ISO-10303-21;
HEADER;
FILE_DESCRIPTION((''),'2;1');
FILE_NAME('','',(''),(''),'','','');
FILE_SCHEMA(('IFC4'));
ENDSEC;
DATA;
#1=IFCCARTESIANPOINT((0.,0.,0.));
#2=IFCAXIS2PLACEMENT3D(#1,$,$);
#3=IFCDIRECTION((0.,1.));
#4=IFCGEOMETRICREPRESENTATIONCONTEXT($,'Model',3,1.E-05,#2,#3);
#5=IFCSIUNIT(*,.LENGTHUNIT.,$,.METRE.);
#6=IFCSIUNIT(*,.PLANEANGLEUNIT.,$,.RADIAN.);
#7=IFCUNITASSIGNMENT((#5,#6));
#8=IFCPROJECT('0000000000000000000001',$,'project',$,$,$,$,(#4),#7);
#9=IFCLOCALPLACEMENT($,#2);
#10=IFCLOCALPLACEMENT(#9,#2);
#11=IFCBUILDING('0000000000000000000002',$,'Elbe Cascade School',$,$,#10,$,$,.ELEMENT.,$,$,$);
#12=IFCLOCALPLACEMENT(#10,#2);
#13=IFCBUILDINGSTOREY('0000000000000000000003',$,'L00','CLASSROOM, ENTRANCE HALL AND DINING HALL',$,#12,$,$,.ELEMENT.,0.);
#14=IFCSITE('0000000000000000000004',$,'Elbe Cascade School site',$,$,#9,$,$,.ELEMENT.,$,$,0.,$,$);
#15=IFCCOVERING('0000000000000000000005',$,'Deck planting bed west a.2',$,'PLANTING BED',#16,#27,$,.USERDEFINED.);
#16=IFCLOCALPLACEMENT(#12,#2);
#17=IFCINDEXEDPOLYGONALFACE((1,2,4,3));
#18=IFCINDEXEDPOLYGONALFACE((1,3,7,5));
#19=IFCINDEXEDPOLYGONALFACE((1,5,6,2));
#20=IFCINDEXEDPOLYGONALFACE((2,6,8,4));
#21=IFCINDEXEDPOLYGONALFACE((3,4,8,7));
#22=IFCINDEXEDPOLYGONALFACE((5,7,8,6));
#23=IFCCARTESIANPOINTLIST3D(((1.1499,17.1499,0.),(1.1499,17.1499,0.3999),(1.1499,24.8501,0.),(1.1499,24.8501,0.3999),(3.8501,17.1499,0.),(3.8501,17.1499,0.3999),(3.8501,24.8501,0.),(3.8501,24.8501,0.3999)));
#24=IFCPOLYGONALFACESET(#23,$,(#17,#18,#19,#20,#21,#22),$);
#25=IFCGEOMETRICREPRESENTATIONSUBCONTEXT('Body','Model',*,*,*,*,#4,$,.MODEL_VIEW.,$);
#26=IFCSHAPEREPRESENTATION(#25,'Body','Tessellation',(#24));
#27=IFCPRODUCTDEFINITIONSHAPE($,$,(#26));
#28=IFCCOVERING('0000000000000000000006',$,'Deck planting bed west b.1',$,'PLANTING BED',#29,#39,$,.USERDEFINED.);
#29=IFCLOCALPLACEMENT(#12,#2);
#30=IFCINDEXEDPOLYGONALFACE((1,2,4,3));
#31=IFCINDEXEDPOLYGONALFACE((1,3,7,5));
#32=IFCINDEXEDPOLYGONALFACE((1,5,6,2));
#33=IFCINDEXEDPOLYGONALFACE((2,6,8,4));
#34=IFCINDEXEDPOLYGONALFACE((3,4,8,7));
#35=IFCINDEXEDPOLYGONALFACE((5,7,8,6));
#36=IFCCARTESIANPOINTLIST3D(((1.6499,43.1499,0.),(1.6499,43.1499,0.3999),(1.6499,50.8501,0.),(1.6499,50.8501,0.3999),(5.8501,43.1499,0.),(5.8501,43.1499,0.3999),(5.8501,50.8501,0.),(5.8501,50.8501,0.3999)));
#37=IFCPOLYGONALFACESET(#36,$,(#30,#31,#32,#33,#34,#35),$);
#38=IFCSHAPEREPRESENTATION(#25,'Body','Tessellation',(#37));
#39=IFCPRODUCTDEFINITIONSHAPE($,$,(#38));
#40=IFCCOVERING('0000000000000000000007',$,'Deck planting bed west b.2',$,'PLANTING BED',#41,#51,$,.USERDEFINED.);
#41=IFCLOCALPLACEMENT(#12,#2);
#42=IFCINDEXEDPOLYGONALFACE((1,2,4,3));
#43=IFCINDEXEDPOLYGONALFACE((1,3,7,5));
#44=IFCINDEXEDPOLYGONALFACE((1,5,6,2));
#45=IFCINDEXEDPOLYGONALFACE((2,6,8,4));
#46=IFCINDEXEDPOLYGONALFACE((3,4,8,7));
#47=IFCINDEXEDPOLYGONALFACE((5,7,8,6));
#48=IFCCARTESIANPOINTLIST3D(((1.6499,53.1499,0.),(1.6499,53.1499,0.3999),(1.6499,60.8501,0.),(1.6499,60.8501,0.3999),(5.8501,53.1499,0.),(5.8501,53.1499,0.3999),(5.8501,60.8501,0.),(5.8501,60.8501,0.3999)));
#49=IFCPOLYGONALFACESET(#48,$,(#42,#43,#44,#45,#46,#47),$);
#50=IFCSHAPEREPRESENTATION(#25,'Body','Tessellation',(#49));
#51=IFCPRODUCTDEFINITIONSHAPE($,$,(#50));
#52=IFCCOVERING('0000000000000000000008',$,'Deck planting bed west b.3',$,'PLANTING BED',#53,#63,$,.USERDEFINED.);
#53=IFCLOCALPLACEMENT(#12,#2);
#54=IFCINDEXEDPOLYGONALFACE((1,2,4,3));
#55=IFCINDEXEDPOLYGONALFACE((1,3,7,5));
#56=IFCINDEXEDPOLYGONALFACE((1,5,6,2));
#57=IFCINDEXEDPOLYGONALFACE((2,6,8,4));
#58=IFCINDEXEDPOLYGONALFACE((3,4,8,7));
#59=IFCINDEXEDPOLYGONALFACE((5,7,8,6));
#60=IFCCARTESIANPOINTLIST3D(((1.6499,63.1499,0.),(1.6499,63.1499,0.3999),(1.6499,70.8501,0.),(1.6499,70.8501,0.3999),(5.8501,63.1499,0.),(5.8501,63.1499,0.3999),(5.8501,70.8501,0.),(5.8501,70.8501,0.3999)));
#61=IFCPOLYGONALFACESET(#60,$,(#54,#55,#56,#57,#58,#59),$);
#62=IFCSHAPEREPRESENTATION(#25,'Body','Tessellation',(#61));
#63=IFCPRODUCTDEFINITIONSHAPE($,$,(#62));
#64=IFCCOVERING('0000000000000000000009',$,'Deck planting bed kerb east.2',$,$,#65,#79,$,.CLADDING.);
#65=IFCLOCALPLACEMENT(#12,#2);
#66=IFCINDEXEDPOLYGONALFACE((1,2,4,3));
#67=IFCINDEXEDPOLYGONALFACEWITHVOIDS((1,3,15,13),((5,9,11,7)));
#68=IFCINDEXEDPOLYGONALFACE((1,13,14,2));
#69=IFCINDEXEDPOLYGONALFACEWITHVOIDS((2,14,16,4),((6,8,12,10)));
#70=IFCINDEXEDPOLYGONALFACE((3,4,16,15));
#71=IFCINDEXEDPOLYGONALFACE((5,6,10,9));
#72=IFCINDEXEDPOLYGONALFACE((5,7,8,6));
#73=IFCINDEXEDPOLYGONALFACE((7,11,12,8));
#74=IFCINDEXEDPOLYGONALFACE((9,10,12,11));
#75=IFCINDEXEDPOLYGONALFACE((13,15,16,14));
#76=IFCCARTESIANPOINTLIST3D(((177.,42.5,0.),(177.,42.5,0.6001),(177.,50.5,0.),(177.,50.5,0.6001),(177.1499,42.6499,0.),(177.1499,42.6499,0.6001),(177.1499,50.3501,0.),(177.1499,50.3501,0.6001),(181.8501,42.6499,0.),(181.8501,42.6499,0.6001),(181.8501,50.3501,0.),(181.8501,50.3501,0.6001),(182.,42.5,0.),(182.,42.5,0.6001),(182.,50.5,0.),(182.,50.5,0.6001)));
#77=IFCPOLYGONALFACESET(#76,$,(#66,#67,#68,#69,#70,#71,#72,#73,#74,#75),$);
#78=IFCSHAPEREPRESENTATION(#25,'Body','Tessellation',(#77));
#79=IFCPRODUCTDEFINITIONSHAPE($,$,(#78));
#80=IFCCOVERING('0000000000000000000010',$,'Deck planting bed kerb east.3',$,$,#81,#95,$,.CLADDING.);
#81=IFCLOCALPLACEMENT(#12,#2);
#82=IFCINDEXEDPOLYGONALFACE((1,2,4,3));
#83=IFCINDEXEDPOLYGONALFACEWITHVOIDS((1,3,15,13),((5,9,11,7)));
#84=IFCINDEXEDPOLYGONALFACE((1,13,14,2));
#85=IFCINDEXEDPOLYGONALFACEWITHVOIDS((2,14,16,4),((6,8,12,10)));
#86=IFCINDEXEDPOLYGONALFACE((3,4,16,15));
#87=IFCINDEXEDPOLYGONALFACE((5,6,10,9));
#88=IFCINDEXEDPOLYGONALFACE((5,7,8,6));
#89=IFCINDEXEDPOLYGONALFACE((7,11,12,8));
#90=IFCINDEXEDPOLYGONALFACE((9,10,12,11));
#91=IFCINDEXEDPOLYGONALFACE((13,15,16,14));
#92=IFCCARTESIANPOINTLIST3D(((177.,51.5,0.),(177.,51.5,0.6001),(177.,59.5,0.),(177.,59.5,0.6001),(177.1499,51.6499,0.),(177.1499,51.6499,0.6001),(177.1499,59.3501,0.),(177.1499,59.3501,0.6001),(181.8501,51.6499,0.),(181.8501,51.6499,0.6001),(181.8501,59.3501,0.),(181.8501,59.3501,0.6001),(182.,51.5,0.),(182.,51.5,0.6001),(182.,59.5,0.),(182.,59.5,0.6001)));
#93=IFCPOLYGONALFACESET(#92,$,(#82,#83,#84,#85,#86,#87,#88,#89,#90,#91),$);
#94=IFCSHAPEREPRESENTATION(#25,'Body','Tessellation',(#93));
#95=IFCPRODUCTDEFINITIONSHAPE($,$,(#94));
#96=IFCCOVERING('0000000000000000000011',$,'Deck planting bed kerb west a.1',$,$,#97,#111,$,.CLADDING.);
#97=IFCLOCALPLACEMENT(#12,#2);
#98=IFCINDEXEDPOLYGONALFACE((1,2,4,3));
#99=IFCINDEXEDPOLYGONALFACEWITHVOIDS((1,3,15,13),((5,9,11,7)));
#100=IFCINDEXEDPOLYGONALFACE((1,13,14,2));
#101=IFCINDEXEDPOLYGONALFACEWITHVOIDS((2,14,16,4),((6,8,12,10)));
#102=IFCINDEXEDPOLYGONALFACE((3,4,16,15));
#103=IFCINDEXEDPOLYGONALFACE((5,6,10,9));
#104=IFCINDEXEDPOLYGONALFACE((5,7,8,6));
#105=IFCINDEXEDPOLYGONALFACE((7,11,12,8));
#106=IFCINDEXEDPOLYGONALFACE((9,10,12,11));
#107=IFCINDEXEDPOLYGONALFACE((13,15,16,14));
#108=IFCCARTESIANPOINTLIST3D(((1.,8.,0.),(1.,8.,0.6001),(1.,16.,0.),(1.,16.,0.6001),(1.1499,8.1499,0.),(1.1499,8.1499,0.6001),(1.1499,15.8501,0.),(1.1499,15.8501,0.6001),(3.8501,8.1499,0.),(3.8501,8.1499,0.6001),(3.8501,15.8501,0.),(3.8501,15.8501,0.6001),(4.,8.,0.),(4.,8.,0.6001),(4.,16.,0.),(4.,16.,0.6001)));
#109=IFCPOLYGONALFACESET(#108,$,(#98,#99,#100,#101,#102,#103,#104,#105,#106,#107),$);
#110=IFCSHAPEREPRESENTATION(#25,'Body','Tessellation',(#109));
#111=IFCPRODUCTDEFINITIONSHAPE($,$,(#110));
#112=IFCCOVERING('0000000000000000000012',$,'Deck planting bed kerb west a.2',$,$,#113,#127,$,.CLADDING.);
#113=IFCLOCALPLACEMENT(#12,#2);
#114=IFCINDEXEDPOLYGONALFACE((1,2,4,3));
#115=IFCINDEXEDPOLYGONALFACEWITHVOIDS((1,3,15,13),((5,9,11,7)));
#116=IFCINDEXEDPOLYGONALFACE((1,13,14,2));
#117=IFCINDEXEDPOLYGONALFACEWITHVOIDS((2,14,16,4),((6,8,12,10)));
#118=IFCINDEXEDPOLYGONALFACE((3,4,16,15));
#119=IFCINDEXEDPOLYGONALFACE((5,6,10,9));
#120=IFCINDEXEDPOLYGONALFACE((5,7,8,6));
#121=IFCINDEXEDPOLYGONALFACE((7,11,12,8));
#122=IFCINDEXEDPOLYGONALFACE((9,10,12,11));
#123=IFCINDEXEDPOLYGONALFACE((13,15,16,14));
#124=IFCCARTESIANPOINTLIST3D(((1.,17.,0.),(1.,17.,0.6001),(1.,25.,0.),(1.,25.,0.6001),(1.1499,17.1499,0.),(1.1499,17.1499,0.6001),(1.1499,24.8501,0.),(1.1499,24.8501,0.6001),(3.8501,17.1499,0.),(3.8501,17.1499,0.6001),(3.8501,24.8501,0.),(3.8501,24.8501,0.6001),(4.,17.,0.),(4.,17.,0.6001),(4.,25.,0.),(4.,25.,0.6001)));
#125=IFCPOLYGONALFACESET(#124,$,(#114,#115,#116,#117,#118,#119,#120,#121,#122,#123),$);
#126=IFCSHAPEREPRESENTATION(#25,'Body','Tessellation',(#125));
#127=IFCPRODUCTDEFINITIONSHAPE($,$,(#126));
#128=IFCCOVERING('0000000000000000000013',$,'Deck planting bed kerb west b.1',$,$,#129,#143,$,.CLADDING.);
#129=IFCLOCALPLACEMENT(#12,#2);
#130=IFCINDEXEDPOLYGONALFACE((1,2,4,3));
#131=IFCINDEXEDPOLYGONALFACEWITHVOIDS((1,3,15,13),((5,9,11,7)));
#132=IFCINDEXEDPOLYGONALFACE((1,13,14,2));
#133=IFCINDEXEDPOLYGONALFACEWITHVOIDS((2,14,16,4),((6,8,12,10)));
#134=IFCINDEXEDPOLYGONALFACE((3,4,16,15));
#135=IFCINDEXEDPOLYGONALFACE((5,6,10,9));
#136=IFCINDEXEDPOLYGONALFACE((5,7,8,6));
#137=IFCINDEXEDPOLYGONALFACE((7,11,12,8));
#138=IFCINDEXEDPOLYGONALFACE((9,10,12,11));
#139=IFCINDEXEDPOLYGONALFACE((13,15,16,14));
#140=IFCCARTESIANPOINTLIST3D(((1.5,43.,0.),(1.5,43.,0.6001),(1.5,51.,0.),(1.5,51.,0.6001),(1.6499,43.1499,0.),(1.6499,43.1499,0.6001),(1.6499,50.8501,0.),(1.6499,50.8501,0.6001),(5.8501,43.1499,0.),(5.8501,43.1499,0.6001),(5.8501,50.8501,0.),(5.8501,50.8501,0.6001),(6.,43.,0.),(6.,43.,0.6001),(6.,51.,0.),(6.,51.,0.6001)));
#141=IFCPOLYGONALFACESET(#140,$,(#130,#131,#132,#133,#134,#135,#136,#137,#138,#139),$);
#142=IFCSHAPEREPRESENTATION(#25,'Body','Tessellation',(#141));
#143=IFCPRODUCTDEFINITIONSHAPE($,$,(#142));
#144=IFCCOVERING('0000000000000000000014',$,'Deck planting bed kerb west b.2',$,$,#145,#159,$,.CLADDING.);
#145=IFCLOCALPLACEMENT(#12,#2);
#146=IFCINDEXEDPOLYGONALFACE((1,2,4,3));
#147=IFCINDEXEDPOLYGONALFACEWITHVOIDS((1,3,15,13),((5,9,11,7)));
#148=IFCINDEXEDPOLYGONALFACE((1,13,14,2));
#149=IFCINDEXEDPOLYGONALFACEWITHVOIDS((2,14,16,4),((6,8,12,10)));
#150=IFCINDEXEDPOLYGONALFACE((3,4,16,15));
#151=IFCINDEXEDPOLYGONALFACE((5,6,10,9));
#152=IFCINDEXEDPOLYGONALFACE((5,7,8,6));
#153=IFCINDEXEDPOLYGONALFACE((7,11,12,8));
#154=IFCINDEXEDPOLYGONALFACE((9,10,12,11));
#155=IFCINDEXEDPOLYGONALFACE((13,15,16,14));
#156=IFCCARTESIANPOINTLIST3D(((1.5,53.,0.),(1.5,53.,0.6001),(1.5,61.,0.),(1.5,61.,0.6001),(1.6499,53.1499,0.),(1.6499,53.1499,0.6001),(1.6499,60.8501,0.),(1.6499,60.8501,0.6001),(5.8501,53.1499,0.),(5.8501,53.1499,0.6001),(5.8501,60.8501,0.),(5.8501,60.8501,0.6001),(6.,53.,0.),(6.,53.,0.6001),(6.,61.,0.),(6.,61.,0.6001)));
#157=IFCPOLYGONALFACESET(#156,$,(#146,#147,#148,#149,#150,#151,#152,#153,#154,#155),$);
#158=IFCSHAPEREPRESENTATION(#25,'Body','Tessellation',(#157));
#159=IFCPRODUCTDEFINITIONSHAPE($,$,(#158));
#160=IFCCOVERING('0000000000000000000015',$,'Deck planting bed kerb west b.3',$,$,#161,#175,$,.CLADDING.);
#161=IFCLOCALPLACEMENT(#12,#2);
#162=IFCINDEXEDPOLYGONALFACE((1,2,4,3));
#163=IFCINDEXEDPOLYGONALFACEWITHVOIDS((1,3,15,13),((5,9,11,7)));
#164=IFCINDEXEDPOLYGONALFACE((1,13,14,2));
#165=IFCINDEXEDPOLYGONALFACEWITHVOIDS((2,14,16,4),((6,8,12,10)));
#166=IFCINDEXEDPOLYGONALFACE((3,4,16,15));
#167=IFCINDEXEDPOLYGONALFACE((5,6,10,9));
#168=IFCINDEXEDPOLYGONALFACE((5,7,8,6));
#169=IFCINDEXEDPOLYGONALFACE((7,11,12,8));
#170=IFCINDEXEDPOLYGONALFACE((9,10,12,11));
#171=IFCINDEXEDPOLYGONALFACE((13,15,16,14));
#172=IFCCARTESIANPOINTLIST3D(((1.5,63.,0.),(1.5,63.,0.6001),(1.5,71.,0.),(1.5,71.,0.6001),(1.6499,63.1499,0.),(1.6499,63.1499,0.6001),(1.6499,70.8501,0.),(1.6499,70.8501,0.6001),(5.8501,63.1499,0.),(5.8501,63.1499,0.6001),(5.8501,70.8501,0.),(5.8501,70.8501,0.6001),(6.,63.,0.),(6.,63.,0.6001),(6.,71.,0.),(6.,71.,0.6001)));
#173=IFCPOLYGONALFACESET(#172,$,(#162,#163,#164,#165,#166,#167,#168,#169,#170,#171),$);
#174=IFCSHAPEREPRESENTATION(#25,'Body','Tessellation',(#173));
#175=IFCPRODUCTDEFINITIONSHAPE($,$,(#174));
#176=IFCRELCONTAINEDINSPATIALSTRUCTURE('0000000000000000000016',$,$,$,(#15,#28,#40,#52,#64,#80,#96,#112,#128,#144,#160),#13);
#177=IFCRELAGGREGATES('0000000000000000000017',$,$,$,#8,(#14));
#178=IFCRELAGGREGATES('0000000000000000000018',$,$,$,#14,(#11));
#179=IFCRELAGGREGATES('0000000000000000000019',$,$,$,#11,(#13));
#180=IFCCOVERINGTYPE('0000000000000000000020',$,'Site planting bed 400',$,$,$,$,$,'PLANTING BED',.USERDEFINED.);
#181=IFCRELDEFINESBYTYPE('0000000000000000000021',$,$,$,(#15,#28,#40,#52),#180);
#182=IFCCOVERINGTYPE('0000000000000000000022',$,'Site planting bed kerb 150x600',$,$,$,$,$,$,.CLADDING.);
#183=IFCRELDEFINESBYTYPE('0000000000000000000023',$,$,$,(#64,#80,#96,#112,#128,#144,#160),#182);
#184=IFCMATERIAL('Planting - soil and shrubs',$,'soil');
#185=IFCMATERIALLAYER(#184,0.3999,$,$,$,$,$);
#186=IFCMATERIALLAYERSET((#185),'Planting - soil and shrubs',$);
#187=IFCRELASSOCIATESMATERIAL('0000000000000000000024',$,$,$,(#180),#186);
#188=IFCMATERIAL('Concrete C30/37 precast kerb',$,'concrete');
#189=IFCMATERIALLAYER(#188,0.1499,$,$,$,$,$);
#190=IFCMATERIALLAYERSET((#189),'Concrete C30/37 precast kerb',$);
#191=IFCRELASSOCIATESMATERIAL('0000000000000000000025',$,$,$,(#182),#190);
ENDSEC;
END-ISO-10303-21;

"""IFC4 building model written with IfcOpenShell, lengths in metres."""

from ifc_helpers import new_model, si_unit, direction, origin, place, context, subcontext, project, spatial, polyline, outline, extrude, material, layer, layer_set, type_object, element, save


model = new_model("IFC4")

# Units and contexts
model_context = context("Model", 3, precision=1e-05, world=origin(), true_north=direction((0.0, 1.0)))
body_context = subcontext(model_context, "Body", "Model", "MODEL_VIEW")
ifc_project = project(units=[si_unit("LENGTHUNIT", "METRE"), si_unit("PLANEANGLEUNIT", "RADIAN")], contexts=[model_context])

# Site, building, storey
site_placement = place(None, origin())
site = spatial("IfcSite", under=ifc_project, at=site_placement, Name="Elbe Cascade School site", CompositionType="ELEMENT", RefElevation=0.0)
building_placement = place(site_placement, origin())
building = spatial("IfcBuilding", under=site, at=building_placement, Name="Elbe Cascade School", CompositionType="ELEMENT")
storey_placement = place(building_placement, origin())
storey = spatial("IfcBuildingStorey", under=building, at=storey_placement, Name="L00", Description="CLASSROOM, ENTRANCE HALL AND DINING HALL", CompositionType="ELEMENT", Elevation=0.0)

# Coverings
ifc_material_1 = material(Name="Planting - soil and shrubs", Category="soil")
ifc_layer_1 = layer(ifc_material_1, 0.3999)
ifc_layer_set_1 = layer_set([ifc_layer_1], Name="Planting - soil and shrubs")
covering_type_1 = type_object("IfcCoveringType", Name="Site planting bed 400", ElementType="PLANTING BED", PredefinedType="USERDEFINED", material=ifc_layer_set_1)
covering_1_placement = place(storey_placement, origin())
element("IfcCovering", 1, at=covering_1_placement, inside=storey, type_object=covering_type_1, Name="Deck planting bed west a.2", ObjectType="PLANTING BED", PredefinedType="USERDEFINED", context=body_context, shape_type="SweptSolid", body=[
    extrude(outline(polyline([(1.1499, 17.1499), (3.8501, 17.1499), (3.8501, 24.8501), (1.1499, 24.8501), (1.1499, 17.1499)])), origin(), (0.0, 0.0, 1.0), 0.3999),
])
covering_2_placement = place(storey_placement, origin())
element("IfcCovering", 2, at=covering_2_placement, inside=storey, type_object=covering_type_1, Name="Deck planting bed west b.1", ObjectType="PLANTING BED", PredefinedType="USERDEFINED", context=body_context, shape_type="SweptSolid", body=[
    extrude(outline(polyline([(1.6499, 43.1499), (5.8501, 43.1499), (5.8501, 50.8501), (1.6499, 50.8501), (1.6499, 43.1499)])), origin(), (0.0, 0.0, 1.0), 0.3999),
])
covering_3_placement = place(storey_placement, origin())
element("IfcCovering", 3, at=covering_3_placement, inside=storey, type_object=covering_type_1, Name="Deck planting bed west b.2", ObjectType="PLANTING BED", PredefinedType="USERDEFINED", context=body_context, shape_type="SweptSolid", body=[
    extrude(outline(polyline([(1.6499, 53.1499), (5.8501, 53.1499), (5.8501, 60.8501), (1.6499, 60.8501), (1.6499, 53.1499)])), origin(), (0.0, 0.0, 1.0), 0.3999),
])
covering_4_placement = place(storey_placement, origin())
element("IfcCovering", 4, at=covering_4_placement, inside=storey, type_object=covering_type_1, Name="Deck planting bed west b.3", ObjectType="PLANTING BED", PredefinedType="USERDEFINED", context=body_context, shape_type="SweptSolid", body=[
    extrude(outline(polyline([(1.6499, 63.1499), (5.8501, 63.1499), (5.8501, 70.8501), (1.6499, 70.8501), (1.6499, 63.1499)])), origin(), (0.0, 0.0, 1.0), 0.3999),
])
ifc_material_2 = material(Name="Concrete C30/37 precast kerb", Category="concrete")
ifc_layer_2 = layer(ifc_material_2, 0.1499)
ifc_layer_set_2 = layer_set([ifc_layer_2], Name="Concrete C30/37 precast kerb")
covering_type_2 = type_object("IfcCoveringType", Name="Site planting bed kerb 150x600", PredefinedType="CLADDING", material=ifc_layer_set_2)
covering_5_placement = place(storey_placement, origin())
element("IfcCovering", 5, at=covering_5_placement, inside=storey, type_object=covering_type_2, Name="Deck planting bed kerb east.2", PredefinedType="CLADDING", context=body_context, shape_type="SweptSolid", body=[
    extrude(outline(polyline([(177.0, 42.5), (182.0, 42.5), (182.0, 50.5), (177.0, 50.5), (177.0, 42.5)]), holes=[polyline([(177.1499, 42.6499), (181.8501, 42.6499), (181.8501, 50.3501), (177.1499, 50.3501), (177.1499, 42.6499)])]), origin(), (0.0, 0.0, 1.0), 0.6001),
])
covering_6_placement = place(storey_placement, origin())
element("IfcCovering", 6, at=covering_6_placement, inside=storey, type_object=covering_type_2, Name="Deck planting bed kerb east.3", PredefinedType="CLADDING", context=body_context, shape_type="SweptSolid", body=[
    extrude(outline(polyline([(177.0, 51.5), (182.0, 51.5), (182.0, 59.5), (177.0, 59.5), (177.0, 51.5)]), holes=[polyline([(177.1499, 51.6499), (181.8501, 51.6499), (181.8501, 59.3501), (177.1499, 59.3501), (177.1499, 51.6499)])]), origin(), (0.0, 0.0, 1.0), 0.6001),
])
covering_7_placement = place(storey_placement, origin())
element("IfcCovering", 7, at=covering_7_placement, inside=storey, type_object=covering_type_2, Name="Deck planting bed kerb west a.1", PredefinedType="CLADDING", context=body_context, shape_type="SweptSolid", body=[
    extrude(outline(polyline([(1.0, 8.0), (4.0, 8.0), (4.0, 16.0), (1.0, 16.0), (1.0, 8.0)]), holes=[polyline([(1.1499, 8.1499), (3.8501, 8.1499), (3.8501, 15.8501), (1.1499, 15.8501), (1.1499, 8.1499)])]), origin(), (0.0, 0.0, 1.0), 0.6001),
])
covering_8_placement = place(storey_placement, origin())
element("IfcCovering", 8, at=covering_8_placement, inside=storey, type_object=covering_type_2, Name="Deck planting bed kerb west a.2", PredefinedType="CLADDING", context=body_context, shape_type="SweptSolid", body=[
    extrude(outline(polyline([(1.0, 17.0), (4.0, 17.0), (4.0, 25.0), (1.0, 25.0), (1.0, 17.0)]), holes=[polyline([(1.1499, 17.1499), (3.8501, 17.1499), (3.8501, 24.8501), (1.1499, 24.8501), (1.1499, 17.1499)])]), origin(), (0.0, 0.0, 1.0), 0.6001),
])
covering_9_placement = place(storey_placement, origin())
element("IfcCovering", 9, at=covering_9_placement, inside=storey, type_object=covering_type_2, Name="Deck planting bed kerb west b.1", PredefinedType="CLADDING", context=body_context, shape_type="SweptSolid", body=[
    extrude(outline(polyline([(1.5, 43.0), (6.0, 43.0), (6.0, 51.0), (1.5, 51.0), (1.5, 43.0)]), holes=[polyline([(1.6499, 43.1499), (5.8501, 43.1499), (5.8501, 50.8501), (1.6499, 50.8501), (1.6499, 43.1499)])]), origin(), (0.0, 0.0, 1.0), 0.6001),
])
covering_10_placement = place(storey_placement, origin())
element("IfcCovering", 10, at=covering_10_placement, inside=storey, type_object=covering_type_2, Name="Deck planting bed kerb west b.2", PredefinedType="CLADDING", context=body_context, shape_type="SweptSolid", body=[
    extrude(outline(polyline([(1.5, 53.0), (6.0, 53.0), (6.0, 61.0), (1.5, 61.0), (1.5, 53.0)]), holes=[polyline([(1.6499, 53.1499), (5.8501, 53.1499), (5.8501, 60.8501), (1.6499, 60.8501), (1.6499, 53.1499)])]), origin(), (0.0, 0.0, 1.0), 0.6001),
])
covering_11_placement = place(storey_placement, origin())
element("IfcCovering", 11, at=covering_11_placement, inside=storey, type_object=covering_type_2, Name="Deck planting bed kerb west b.3", PredefinedType="CLADDING", context=body_context, shape_type="SweptSolid", body=[
    extrude(outline(polyline([(1.5, 63.0), (6.0, 63.0), (6.0, 71.0), (1.5, 71.0), (1.5, 63.0)]), holes=[polyline([(1.6499, 63.1499), (5.8501, 63.1499), (5.8501, 70.8501), (1.6499, 70.8501), (1.6499, 63.1499)])]), origin(), (0.0, 0.0, 1.0), 0.6001),
])

save(model, "model.ifc")
